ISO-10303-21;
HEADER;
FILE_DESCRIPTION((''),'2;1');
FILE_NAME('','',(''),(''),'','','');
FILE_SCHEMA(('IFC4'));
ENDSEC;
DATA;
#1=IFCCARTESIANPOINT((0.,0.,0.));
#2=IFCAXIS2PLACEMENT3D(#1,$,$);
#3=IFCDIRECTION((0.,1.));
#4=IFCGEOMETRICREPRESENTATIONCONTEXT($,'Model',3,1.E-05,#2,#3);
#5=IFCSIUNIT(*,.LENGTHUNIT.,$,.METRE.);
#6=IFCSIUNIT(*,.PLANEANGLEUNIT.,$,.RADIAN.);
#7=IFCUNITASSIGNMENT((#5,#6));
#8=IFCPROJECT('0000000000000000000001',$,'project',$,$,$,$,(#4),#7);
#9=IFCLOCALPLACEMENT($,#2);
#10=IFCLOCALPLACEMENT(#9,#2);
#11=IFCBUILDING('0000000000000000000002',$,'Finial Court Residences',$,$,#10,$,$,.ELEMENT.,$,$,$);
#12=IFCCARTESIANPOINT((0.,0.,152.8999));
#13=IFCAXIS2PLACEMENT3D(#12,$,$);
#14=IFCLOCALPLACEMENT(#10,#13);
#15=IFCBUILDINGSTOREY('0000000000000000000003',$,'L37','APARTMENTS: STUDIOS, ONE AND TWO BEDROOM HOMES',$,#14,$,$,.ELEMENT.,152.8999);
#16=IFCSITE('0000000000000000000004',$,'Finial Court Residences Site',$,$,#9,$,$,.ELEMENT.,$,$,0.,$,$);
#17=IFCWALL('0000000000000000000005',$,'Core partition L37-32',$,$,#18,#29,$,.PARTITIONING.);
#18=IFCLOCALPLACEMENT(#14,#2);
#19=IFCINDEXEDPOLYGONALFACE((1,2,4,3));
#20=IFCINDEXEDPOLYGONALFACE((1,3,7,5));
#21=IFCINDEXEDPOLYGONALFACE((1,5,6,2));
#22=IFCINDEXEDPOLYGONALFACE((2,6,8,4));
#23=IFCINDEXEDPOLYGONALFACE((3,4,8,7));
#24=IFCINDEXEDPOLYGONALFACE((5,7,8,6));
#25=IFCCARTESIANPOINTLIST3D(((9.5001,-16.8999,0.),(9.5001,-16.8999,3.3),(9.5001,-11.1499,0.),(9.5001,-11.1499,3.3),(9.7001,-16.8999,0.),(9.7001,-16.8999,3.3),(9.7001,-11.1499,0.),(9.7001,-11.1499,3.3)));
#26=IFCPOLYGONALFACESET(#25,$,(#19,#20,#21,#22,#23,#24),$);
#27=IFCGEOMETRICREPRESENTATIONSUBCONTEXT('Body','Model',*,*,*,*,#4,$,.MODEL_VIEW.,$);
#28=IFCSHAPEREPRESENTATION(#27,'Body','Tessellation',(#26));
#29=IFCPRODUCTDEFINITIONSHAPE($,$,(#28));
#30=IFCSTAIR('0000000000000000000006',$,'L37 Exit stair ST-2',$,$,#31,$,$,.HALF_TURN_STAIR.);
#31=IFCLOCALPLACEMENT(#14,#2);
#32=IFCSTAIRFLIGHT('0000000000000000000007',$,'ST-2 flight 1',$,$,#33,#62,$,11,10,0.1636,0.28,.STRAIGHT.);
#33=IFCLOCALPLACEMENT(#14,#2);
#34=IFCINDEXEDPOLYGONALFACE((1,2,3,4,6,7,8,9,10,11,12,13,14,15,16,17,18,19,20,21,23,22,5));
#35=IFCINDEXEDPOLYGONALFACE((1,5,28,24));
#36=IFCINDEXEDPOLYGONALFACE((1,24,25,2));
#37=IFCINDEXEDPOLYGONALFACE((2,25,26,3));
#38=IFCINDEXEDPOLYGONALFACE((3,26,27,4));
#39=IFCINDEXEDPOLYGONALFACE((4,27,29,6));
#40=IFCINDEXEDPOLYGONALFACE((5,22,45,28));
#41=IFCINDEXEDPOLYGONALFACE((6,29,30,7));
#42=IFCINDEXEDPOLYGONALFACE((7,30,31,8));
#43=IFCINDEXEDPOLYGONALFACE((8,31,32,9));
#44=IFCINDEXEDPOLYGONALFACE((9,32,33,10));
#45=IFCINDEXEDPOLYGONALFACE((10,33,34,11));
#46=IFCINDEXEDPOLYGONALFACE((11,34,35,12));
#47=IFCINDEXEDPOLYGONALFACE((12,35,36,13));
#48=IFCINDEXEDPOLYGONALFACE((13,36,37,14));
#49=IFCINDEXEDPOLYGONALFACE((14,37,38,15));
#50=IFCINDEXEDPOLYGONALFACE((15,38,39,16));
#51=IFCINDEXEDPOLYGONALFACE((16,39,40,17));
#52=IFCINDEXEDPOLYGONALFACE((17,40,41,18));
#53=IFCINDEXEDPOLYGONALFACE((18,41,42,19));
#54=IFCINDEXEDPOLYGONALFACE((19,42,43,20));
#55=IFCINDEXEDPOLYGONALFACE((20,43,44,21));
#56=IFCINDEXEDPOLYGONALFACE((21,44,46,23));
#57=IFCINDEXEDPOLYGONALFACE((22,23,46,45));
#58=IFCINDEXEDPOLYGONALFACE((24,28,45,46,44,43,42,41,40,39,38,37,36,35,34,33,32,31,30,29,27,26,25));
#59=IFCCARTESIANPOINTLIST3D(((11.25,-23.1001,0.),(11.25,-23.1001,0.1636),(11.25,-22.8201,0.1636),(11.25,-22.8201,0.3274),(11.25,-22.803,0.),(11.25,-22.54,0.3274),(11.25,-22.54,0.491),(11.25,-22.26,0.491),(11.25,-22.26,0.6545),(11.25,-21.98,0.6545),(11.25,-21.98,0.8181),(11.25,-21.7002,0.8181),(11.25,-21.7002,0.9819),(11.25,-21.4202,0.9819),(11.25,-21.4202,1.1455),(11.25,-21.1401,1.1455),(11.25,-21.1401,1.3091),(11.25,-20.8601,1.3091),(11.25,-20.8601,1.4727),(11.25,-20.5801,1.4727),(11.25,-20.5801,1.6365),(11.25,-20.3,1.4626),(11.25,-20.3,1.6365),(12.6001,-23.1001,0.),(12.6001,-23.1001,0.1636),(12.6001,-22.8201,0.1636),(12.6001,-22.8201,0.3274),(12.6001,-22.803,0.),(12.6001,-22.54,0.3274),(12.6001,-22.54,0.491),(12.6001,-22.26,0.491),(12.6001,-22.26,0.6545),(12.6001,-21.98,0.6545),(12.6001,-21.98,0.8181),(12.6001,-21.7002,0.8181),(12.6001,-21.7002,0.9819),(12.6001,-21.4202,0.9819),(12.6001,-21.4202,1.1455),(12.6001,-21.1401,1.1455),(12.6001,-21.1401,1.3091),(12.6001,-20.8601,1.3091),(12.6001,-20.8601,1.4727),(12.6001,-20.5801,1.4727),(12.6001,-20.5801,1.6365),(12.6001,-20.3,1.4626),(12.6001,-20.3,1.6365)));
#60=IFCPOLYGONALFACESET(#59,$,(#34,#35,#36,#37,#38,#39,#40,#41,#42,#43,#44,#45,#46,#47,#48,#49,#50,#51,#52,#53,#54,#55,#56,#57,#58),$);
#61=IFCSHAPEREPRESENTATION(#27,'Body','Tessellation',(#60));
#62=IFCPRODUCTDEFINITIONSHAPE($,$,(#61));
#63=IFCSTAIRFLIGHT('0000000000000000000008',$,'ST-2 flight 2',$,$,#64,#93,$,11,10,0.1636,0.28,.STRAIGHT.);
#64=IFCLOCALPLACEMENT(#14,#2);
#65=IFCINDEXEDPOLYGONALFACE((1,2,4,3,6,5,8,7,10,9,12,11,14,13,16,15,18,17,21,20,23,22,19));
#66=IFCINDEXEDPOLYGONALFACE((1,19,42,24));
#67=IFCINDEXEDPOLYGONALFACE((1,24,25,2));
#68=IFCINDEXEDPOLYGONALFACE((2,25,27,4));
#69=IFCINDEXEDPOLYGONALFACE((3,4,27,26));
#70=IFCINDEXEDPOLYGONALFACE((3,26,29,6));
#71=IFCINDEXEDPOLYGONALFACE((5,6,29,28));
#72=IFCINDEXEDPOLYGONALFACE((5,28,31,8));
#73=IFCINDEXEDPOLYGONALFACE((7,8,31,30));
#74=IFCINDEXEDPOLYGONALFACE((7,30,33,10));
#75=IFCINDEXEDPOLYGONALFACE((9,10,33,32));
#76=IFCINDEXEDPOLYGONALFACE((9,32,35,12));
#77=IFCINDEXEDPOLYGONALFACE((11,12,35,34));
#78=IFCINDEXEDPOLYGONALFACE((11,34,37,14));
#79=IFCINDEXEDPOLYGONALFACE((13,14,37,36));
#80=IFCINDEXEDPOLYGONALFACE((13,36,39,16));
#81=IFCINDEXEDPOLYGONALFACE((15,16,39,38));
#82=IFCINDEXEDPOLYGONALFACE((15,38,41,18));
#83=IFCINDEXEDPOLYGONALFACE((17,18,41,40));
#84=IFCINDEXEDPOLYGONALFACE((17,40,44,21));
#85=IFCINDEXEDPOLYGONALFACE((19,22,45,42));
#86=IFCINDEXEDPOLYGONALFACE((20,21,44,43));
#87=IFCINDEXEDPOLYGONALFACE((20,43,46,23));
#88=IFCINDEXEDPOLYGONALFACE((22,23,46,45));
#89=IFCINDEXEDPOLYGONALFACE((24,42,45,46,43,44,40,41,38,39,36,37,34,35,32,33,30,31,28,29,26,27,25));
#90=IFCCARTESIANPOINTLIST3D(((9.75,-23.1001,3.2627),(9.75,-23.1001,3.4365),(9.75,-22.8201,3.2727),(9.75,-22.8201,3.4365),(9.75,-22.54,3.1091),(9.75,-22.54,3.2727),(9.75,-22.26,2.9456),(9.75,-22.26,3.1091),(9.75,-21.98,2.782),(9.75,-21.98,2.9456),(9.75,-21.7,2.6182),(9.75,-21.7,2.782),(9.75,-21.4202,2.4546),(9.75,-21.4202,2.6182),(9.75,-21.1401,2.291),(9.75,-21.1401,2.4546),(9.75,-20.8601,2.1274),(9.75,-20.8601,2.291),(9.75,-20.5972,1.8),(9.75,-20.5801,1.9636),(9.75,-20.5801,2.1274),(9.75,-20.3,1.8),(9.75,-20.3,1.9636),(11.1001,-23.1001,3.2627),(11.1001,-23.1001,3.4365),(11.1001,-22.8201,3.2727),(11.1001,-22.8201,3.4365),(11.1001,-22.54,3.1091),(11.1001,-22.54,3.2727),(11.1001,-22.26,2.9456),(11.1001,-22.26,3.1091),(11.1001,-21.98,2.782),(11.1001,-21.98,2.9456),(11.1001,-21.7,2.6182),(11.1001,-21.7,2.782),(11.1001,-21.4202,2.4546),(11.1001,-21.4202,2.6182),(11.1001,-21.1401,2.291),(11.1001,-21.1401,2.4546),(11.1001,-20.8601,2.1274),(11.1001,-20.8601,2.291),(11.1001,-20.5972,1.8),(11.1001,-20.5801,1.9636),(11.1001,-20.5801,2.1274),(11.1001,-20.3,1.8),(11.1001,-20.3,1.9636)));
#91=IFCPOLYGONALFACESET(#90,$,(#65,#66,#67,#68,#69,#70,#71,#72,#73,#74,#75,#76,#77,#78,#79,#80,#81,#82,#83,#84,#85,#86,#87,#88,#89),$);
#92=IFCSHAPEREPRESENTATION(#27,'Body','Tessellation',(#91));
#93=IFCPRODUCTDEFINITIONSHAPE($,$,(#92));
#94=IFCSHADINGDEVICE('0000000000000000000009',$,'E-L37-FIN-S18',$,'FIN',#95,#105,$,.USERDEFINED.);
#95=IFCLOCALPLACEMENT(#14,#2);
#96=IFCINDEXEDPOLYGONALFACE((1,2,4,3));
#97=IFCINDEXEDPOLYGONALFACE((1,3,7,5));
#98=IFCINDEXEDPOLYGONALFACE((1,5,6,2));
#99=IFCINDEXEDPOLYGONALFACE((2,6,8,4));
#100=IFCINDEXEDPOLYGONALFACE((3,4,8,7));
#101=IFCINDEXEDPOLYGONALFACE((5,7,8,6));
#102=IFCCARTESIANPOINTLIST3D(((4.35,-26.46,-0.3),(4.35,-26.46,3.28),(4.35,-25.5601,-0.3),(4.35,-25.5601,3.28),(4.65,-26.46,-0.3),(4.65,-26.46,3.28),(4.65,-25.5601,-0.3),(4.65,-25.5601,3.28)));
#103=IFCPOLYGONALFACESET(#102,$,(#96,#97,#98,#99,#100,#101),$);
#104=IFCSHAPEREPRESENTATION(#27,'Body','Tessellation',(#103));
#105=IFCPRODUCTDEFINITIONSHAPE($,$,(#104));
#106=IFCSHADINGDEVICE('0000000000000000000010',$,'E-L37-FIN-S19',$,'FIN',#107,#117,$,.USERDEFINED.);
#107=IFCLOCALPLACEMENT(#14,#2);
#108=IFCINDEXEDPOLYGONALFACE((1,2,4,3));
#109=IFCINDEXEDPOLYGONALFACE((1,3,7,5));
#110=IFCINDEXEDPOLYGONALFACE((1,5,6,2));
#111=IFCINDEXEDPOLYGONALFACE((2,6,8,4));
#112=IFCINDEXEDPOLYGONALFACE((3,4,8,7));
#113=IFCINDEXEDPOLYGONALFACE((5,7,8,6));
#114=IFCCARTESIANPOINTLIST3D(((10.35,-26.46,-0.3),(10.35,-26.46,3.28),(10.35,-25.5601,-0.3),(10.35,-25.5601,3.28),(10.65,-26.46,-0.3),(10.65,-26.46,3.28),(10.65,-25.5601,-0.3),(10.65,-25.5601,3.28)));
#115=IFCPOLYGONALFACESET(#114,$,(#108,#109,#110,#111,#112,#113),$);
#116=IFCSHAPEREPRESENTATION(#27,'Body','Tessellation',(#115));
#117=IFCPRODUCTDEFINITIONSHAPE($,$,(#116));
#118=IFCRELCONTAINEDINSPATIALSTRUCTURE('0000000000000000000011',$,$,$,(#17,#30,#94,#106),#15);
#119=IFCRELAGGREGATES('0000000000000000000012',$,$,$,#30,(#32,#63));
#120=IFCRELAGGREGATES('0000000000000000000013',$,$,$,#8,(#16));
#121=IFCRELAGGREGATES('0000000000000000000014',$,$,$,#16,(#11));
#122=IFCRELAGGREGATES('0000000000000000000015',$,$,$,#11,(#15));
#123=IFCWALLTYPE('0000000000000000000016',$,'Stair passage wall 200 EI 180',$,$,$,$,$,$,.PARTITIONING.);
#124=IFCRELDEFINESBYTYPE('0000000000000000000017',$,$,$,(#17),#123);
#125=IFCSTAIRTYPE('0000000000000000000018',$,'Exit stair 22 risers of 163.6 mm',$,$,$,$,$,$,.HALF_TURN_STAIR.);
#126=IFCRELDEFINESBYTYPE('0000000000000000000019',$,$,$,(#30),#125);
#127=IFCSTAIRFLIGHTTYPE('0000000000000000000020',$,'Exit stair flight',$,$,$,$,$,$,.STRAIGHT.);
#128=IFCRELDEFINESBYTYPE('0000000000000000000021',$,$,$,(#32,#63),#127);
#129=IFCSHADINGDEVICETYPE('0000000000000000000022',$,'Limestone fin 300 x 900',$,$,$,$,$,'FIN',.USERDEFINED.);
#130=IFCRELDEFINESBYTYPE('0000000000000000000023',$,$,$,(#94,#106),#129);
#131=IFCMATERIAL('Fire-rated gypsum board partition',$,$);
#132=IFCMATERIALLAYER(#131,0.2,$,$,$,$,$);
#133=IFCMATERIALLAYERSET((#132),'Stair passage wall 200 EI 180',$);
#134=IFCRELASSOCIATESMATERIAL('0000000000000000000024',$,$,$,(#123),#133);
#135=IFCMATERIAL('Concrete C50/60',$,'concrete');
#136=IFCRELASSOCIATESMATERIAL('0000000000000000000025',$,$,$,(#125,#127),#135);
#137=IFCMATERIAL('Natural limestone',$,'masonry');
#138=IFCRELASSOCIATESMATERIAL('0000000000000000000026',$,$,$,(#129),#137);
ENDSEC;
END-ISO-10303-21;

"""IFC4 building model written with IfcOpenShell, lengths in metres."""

from ifc_helpers import new_model, si_unit, direction, frame, frame_2d, origin, origin_2d, place, context, subcontext, project, spatial, polyline, rectangle, outline, extrude, material, layer, layer_set, type_object, element, aggregate, save


model = new_model("IFC4")

# Units and contexts
model_context = context("Model", 3, precision=1e-05, world=origin(), true_north=direction((0.0, 1.0)))
body_context = subcontext(model_context, "Body", "Model", "MODEL_VIEW")
ifc_project = project(units=[si_unit("LENGTHUNIT", "METRE"), si_unit("PLANEANGLEUNIT", "RADIAN")], contexts=[model_context])

# Site, building, storey
site_placement = place(None, origin())
site = spatial("IfcSite", under=ifc_project, at=site_placement, Name="Finial Court Residences Site", CompositionType="ELEMENT", RefElevation=0.0)
building_placement = place(site_placement, origin())
building = spatial("IfcBuilding", under=site, at=building_placement, Name="Finial Court Residences", CompositionType="ELEMENT")
storey_placement = place(building_placement, frame((0.0, 0.0, 152.8999)))
storey = spatial("IfcBuildingStorey", under=building, at=storey_placement, Name="L37", Description="APARTMENTS: STUDIOS, ONE AND TWO BEDROOM HOMES", CompositionType="ELEMENT", Elevation=152.8999)

# Shared definitions
ifc_material_1 = material(Name="Fire-rated gypsum board partition")

# Wall
ifc_layer_1 = layer(ifc_material_1, 0.2)
ifc_layer_set_1 = layer_set([ifc_layer_1], Name="Stair passage wall 200 EI 180")
wall_type_1 = type_object("IfcWallType", Name="Stair passage wall 200 EI 180", PredefinedType="PARTITIONING", material=ifc_layer_set_1)
wall_1_placement = place(storey_placement, frame((9.6001, -16.8999, 0.0), z_axis=(0.0, 0.0, 1.0), x_axis=(0.0, 1.0, 0.0)))
element("IfcWall", 1, at=wall_1_placement, inside=storey, type_object=wall_type_1, Name="Core partition L37-32", PredefinedType="PARTITIONING", context=body_context, shape_type="SweptSolid", body=[
    extrude(rectangle(XDim=5.75, YDim=0.2, at=frame_2d((2.875, 0.0))), origin(), (0.0, 0.0, 1.0), 3.3),
])

# Stair, stair flights
ifc_material_2 = material(Name="Concrete C50/60", Category="concrete")
stair_type = type_object("IfcStairType", Name="Exit stair 22 risers of 163.6 mm", PredefinedType="HALF_TURN_STAIR", material=ifc_material_2)
stair_placement = place(storey_placement, origin())
stair = element("IfcStair", 2, at=stair_placement, inside=storey, type_object=stair_type, Name="L37 Exit stair ST-2", PredefinedType="HALF_TURN_STAIR")
stair_flight_type = type_object("IfcStairFlightType", Name="Exit stair flight", PredefinedType="STRAIGHT", material=ifc_material_2)
stair_flight_1_placement = place(storey_placement, frame((11.925, -23.1001, 0.0), z_axis=(0.0, 0.0, 1.0), x_axis=(0.0, 1.0, 0.0)))
stair_flight_1 = element("IfcStairFlight", 3, at=stair_flight_1_placement, type_object=stair_flight_type, Name="ST-2 flight 1", NumberOfRisers=11, NumberOfTreads=10, PredefinedType="STRAIGHT", RiserHeight=0.1636, TreadLength=0.28, context=body_context, shape_type="SweptSolid", body=[
    extrude(outline(polyline([(0.0, 0.0), (0.0, 0.1636), (0.28, 0.1636), (0.28, 0.3274), (0.5601, 0.3274), (0.5601, 0.491), (0.8401, 0.491), (0.8401, 0.6545), (1.1201, 0.6545), (1.1201, 0.8181), (1.3999, 0.8181), (1.3999, 0.9819), (1.6799, 0.9819), (1.6799, 1.1455), (1.96, 1.1455), (1.96, 1.3091), (2.24, 1.3091), (2.24, 1.4727), (2.52, 1.4727), (2.52, 1.6365), (2.8, 1.6365), (2.8, 1.8), (2.8, 1.4626), (0.2971, 0.0), (0.0, 0.0)])), frame((0.0, 0.675, 0.0), z_axis=(0.0, -1.0, 0.0), x_axis=(1.0, 0.0, 0.0)), (0.0, 0.0, 1.0), 1.3501),
])
stair_flight_2_placement = place(storey_placement, frame((10.425, -20.3, 1.8), z_axis=(0.0, 0.0, 1.0), x_axis=(0.0, -1.0, 0.0)))
stair_flight_2 = element("IfcStairFlight", 4, at=stair_flight_2_placement, type_object=stair_flight_type, Name="ST-2 flight 2", NumberOfRisers=11, NumberOfTreads=10, PredefinedType="STRAIGHT", RiserHeight=0.1636, TreadLength=0.28, context=body_context, shape_type="SweptSolid", body=[
    extrude(outline(polyline([(0.0, 0.0), (0.0, 0.1636), (0.28, 0.1636), (0.28, 0.3274), (0.5601, 0.3274), (0.5601, 0.491), (0.8401, 0.491), (0.8401, 0.6545), (1.1201, 0.6545), (1.1201, 0.8181), (1.3999, 0.8181), (1.3999, 0.9819), (1.6799, 0.9819), (1.6799, 1.1455), (1.96, 1.1455), (1.96, 1.3091), (2.24, 1.3091), (2.24, 1.4727), (2.52, 1.4727), (2.52, 1.6365), (2.8, 1.6365), (2.8, 1.8), (2.8, 1.4626), (0.2971, 0.0), (0.0, 0.0)])), frame((0.0, 0.675, 0.0), z_axis=(0.0, -1.0, 0.0), x_axis=(1.0, 0.0, 0.0)), (0.0, 0.0, 1.0), 1.3501),
])
aggregate(stair, [stair_flight_1, stair_flight_2])

# Shading devices
ifc_material_3 = material(Name="Natural limestone", Category="masonry")
shading_device_type = type_object("IfcShadingDeviceType", Name="Limestone fin 300 x 900", ElementType="FIN", PredefinedType="USERDEFINED", material=ifc_material_3)
for number, where, z_axis, x_axis, name in (
    (5, (4.5, -26.01, -0.3), (0.0, 0.0, 1.0), (1.0, 0.0, 0.0), "E-L37-FIN-S18"),
    (6, (10.5, -26.01, -0.3), (0.0, 0.0, 1.0), (1.0, 0.0, 0.0), "E-L37-FIN-S19"),
):
    element("IfcShadingDevice", number, at=place(storey_placement, frame(where, z_axis=z_axis, x_axis=x_axis)), inside=storey, type_object=shading_device_type, Name=name, ObjectType="FIN", PredefinedType="USERDEFINED", context=body_context, shape_type="SweptSolid", body=[
        extrude(rectangle(XDim=0.3, YDim=0.8999, at=origin_2d()), origin(), (0.0, 0.0, 1.0), 3.5801),
    ])

save(model, "model.ifc")
